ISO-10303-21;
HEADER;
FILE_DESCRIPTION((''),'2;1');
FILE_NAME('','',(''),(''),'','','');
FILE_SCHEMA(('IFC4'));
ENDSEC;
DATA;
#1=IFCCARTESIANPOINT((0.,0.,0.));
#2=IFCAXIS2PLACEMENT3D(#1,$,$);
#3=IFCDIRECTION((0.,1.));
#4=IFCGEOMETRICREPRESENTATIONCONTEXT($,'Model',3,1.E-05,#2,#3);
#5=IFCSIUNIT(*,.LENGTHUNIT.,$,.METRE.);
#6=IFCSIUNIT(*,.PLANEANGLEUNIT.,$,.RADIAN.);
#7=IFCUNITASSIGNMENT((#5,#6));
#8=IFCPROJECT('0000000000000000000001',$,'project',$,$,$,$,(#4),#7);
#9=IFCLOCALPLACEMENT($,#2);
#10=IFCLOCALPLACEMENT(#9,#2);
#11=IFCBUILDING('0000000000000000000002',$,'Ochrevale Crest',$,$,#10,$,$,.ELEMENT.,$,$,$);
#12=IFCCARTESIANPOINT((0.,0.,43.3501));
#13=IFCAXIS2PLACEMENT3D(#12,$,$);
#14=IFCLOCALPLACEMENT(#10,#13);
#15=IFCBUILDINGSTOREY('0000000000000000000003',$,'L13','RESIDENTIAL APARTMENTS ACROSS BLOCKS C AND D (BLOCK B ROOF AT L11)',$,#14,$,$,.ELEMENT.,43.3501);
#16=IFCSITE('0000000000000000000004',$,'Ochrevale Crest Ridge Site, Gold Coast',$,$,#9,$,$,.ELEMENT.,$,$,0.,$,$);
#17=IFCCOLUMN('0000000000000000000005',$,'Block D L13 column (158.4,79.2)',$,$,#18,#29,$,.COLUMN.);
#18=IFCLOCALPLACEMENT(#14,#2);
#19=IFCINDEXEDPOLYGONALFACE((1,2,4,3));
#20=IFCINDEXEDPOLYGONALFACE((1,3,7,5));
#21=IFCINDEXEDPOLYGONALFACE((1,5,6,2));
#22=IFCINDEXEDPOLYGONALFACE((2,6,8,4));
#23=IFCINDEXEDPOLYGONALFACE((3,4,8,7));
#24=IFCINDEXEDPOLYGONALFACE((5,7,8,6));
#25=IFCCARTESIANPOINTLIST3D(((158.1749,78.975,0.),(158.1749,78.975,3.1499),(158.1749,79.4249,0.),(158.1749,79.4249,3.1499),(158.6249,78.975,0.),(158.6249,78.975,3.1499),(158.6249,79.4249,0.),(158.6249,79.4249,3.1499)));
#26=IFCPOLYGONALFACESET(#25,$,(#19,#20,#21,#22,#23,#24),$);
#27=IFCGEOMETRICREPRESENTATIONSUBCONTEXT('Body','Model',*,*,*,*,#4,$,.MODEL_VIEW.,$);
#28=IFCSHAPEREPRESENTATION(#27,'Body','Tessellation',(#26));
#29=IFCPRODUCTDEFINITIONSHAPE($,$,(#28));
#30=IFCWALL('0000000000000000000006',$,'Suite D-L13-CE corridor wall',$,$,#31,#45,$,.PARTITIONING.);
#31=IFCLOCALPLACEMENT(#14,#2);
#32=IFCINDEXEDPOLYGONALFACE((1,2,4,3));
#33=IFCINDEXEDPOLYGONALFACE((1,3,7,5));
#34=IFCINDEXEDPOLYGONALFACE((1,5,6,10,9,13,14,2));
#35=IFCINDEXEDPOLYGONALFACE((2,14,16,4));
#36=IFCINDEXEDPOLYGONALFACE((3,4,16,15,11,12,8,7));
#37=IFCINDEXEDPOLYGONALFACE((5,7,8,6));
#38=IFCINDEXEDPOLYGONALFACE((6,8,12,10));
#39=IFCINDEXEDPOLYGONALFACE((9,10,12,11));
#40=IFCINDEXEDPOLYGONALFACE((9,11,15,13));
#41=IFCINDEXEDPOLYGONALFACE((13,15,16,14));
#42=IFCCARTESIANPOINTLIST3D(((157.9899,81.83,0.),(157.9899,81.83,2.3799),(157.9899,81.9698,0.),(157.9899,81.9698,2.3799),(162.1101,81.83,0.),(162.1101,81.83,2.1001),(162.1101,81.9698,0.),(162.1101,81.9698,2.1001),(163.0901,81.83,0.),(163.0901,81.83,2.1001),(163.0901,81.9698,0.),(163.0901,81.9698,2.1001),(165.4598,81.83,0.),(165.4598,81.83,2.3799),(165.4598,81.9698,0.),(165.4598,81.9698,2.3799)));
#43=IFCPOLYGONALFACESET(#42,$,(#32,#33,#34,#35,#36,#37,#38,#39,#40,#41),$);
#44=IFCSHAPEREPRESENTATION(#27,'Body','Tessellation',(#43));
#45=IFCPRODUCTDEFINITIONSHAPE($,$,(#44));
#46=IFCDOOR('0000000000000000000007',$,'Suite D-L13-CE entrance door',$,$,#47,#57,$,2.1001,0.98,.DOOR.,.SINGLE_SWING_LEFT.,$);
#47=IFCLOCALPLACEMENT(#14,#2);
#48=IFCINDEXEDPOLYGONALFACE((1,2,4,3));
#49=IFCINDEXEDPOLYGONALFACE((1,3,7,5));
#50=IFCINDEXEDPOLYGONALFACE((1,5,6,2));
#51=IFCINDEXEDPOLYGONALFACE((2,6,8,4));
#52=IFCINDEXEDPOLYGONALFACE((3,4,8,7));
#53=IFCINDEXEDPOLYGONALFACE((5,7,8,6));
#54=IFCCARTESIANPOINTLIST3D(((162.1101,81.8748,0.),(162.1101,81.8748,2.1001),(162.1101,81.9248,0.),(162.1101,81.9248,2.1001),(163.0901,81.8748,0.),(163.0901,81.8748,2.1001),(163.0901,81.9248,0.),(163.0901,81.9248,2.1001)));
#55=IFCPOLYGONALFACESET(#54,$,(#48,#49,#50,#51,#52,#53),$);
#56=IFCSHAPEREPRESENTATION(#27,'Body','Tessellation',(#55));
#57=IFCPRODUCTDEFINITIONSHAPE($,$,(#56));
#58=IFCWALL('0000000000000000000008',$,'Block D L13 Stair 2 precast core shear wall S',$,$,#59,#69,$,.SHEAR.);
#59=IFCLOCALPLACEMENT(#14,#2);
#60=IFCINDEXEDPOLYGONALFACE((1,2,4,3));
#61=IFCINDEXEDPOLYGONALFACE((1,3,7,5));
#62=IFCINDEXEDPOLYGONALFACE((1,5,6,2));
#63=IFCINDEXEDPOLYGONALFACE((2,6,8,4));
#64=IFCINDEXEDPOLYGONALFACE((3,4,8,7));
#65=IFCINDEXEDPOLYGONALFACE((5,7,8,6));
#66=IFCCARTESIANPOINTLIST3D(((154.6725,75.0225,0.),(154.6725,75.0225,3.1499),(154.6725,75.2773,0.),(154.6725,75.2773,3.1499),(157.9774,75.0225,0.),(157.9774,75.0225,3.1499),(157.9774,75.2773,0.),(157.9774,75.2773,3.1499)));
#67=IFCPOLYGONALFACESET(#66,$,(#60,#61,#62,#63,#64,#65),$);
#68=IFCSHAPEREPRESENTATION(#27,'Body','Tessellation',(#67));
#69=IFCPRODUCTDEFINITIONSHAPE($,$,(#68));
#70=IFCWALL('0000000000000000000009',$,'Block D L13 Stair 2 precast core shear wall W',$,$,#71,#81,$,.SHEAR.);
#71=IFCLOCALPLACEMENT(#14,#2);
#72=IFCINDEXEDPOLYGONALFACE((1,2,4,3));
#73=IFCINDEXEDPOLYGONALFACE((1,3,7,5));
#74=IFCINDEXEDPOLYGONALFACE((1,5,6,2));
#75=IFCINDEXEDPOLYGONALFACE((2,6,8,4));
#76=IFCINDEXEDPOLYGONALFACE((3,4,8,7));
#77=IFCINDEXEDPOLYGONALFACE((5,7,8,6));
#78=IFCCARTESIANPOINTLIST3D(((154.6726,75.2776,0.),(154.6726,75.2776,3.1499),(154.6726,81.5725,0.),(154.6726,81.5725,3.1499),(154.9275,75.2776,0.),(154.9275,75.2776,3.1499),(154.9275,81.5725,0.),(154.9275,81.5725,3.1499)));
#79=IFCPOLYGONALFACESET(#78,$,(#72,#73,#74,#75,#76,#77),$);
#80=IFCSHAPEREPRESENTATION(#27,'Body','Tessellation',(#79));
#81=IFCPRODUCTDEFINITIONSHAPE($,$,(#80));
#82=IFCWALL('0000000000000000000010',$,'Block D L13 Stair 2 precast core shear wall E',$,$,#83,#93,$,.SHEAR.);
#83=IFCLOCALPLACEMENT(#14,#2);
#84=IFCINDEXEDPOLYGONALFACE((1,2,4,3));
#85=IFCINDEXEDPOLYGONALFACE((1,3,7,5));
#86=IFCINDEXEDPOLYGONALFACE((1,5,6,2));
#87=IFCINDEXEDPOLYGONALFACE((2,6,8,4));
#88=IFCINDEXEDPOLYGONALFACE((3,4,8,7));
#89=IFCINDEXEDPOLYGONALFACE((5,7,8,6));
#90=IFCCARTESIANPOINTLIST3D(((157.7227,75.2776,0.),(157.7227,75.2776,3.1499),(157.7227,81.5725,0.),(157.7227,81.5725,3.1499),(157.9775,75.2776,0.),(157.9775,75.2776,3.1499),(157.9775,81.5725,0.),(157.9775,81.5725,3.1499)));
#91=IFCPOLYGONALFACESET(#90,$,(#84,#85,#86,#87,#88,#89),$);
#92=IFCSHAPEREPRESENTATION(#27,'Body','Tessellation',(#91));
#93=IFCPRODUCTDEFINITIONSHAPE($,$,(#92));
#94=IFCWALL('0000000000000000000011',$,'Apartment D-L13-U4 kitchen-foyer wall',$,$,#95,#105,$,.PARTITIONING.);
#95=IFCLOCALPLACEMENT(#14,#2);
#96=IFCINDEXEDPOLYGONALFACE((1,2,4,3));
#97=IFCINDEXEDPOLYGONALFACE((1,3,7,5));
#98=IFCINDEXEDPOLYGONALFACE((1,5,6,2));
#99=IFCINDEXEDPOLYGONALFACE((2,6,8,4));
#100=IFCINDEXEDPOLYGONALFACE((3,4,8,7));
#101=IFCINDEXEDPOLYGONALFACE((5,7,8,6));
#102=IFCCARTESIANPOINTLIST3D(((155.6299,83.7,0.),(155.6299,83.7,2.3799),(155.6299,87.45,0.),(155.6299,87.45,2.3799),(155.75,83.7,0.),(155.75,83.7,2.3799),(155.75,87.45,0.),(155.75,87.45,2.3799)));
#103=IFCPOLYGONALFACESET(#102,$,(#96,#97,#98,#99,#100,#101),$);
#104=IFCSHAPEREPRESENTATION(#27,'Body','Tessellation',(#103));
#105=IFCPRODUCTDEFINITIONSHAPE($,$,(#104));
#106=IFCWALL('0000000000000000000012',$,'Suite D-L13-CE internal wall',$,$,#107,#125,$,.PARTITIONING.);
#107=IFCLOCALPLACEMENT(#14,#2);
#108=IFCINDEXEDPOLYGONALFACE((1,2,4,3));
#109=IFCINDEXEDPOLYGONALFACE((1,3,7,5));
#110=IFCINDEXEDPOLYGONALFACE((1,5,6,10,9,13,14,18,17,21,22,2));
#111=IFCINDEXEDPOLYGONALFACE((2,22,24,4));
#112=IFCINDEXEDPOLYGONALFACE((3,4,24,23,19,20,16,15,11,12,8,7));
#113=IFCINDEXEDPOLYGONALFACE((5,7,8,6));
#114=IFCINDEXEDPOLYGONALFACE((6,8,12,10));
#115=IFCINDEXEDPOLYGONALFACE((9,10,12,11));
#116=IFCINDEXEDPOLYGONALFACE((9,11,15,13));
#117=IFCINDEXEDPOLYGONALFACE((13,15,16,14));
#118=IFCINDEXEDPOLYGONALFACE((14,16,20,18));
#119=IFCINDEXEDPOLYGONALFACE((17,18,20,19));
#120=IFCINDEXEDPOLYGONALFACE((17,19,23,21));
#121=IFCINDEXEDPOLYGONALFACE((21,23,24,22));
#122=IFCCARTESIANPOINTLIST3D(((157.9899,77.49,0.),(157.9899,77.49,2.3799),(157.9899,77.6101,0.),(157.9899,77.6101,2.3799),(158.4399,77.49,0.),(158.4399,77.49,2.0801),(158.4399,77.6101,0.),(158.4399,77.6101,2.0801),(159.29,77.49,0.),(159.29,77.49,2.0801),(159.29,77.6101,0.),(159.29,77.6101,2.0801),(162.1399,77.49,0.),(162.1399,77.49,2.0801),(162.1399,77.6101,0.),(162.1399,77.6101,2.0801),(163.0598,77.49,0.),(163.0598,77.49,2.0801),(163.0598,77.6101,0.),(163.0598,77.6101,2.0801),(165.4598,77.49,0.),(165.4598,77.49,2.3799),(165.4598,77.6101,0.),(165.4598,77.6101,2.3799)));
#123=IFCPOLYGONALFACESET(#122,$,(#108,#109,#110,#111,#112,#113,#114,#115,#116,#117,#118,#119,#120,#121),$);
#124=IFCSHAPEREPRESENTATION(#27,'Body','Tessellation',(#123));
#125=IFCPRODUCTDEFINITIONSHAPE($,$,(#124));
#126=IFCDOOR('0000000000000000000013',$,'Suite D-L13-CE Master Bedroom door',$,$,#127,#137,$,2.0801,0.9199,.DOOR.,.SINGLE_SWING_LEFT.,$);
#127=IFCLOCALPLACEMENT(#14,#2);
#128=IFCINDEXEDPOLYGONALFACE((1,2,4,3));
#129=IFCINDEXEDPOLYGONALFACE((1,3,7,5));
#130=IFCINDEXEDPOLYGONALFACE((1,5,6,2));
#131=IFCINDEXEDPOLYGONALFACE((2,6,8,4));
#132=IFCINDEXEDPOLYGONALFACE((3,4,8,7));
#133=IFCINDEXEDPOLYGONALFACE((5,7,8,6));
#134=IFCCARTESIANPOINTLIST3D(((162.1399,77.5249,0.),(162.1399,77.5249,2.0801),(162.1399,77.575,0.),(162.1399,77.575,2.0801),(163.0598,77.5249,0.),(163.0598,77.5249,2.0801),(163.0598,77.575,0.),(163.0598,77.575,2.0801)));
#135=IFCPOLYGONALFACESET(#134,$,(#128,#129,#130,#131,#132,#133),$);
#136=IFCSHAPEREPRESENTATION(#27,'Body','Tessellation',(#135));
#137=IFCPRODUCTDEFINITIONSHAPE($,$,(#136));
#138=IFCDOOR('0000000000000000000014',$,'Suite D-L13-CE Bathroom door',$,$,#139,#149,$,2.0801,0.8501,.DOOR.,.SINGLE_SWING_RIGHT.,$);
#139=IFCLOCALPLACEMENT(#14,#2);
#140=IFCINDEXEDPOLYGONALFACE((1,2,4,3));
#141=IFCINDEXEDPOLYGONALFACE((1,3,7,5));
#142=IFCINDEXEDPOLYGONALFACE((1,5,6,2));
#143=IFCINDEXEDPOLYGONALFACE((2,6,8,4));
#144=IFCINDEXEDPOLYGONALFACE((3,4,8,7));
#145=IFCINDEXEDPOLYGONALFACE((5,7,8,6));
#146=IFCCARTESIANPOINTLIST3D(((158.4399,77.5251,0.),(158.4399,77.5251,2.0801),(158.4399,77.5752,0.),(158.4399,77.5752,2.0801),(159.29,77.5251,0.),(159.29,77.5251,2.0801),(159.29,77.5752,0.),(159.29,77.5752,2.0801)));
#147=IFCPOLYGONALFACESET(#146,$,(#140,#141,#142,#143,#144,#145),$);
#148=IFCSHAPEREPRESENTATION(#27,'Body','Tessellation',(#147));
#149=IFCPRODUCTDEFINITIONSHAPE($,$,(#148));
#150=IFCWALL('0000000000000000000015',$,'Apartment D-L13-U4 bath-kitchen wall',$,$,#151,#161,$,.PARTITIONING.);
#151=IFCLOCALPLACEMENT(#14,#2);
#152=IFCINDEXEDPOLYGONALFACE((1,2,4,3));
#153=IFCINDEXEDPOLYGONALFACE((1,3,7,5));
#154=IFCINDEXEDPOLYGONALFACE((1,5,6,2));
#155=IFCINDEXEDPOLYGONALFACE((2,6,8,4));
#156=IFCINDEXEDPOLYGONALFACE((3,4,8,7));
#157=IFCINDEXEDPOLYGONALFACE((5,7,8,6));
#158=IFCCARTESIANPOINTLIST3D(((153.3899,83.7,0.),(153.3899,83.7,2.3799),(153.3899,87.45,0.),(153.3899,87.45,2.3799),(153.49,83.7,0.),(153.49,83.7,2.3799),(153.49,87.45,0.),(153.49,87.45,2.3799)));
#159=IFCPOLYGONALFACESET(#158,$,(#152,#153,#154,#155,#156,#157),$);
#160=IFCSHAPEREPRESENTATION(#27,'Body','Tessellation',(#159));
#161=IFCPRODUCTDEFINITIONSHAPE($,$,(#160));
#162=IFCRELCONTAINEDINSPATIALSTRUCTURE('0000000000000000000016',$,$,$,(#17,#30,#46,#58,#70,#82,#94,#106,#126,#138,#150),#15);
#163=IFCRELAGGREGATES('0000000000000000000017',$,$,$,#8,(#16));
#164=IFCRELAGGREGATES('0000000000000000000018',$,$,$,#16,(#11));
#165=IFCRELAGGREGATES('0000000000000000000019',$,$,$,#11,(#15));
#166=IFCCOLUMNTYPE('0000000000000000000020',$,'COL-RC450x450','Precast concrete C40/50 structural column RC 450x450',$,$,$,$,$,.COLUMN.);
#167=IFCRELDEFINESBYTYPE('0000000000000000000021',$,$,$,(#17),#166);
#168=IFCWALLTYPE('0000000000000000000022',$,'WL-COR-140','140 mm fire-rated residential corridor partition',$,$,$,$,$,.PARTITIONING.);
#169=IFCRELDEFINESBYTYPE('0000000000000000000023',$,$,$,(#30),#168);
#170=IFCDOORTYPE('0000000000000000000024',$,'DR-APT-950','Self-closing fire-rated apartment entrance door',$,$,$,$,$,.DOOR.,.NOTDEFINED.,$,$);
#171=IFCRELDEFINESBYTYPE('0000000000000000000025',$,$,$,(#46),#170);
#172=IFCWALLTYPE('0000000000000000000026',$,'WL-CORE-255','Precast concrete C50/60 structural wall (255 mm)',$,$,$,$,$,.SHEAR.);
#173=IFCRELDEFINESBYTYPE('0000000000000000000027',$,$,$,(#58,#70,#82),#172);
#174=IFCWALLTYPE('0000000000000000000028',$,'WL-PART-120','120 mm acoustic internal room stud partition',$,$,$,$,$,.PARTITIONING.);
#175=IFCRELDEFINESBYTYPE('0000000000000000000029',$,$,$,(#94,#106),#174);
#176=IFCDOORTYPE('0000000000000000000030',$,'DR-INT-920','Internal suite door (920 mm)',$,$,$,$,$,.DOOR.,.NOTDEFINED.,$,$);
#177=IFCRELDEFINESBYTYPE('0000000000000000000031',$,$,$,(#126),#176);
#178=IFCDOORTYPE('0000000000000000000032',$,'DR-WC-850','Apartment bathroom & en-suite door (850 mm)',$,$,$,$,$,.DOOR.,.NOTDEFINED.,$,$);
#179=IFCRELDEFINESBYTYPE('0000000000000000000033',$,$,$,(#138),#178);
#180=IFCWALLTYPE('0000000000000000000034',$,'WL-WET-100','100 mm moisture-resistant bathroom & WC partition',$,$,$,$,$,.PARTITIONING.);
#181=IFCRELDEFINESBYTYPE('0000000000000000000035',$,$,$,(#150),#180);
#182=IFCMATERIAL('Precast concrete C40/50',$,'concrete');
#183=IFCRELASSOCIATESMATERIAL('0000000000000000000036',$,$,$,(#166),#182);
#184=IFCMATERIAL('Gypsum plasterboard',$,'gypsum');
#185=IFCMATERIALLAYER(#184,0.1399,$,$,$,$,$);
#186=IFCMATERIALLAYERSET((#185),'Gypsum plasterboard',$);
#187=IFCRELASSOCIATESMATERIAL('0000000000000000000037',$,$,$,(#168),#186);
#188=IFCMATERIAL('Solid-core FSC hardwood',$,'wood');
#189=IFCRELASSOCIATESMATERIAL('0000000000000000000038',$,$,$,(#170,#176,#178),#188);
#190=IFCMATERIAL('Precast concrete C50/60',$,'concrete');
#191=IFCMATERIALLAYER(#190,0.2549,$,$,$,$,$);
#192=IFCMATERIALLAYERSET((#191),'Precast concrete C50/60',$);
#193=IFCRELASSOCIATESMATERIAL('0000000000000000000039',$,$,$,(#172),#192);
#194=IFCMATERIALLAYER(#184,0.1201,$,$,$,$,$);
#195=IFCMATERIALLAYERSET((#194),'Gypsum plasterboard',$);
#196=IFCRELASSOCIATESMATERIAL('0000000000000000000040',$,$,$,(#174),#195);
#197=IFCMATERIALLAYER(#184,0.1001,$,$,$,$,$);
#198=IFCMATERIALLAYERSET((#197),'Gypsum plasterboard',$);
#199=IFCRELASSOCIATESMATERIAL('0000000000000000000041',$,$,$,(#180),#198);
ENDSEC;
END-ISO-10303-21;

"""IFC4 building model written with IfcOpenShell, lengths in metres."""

from ifc_helpers import new_model, si_unit, direction, frame, frame_2d, origin, origin_2d, place, context, subcontext, project, spatial, rectangle, extrude, material, layer, layer_set, material_profile, profile_set, type_object, element, fill, save


model = new_model("IFC4")

# Units and contexts
model_context = context("Model", 3, precision=1e-05, world=origin(), true_north=direction((0.0, 1.0)))
body_context = subcontext(model_context, "Body", "Model", "MODEL_VIEW")
ifc_project = project(units=[si_unit("LENGTHUNIT", "METRE"), si_unit("PLANEANGLEUNIT", "RADIAN")], contexts=[model_context])

# Site, building, storey
site_placement = place(None, origin())
site = spatial("IfcSite", under=ifc_project, at=site_placement, Name="Ochrevale Crest Ridge Site, Gold Coast", CompositionType="ELEMENT", RefElevation=0.0)
building_placement = place(site_placement, origin())
building = spatial("IfcBuilding", under=site, at=building_placement, Name="Ochrevale Crest", CompositionType="ELEMENT")
storey_placement = place(building_placement, frame((0.0, 0.0, 43.3501)))
storey = spatial("IfcBuildingStorey", under=building, at=storey_placement, Name="L13", Description="RESIDENTIAL APARTMENTS ACROSS BLOCKS C AND D (BLOCK B ROOF AT L11)", CompositionType="ELEMENT", Elevation=43.3501)

# Column
ifc_material_1 = material(Name="Precast concrete C40/50", Category="concrete")
ifc_material_profile = material_profile(ifc_material_1, rectangle(XDim=0.45, YDim=0.45, at=origin_2d()), Name="RC 450x450")
ifc_profile_set = profile_set([ifc_material_profile], Name="Precast concrete C40/50")
column_type = type_object("IfcColumnType", Name="COL-RC450x450", Description="Precast concrete C40/50 structural column RC 450x450", PredefinedType="COLUMN", material=ifc_profile_set)
column_placement = place(storey_placement, frame((158.3999, 79.2, 0.0), z_axis=(0.0, 0.0, 1.0), x_axis=(1.0, 0.0, 0.0)))
element("IfcColumn", 1, at=column_placement, inside=storey, type_object=column_type, Name="Block D L13 column (158.4,79.2)", PredefinedType="COLUMN", context=body_context, shape_type="SweptSolid", body=[
    extrude(rectangle(XDim=0.45, YDim=0.45, at=origin_2d()), origin(), (0.0, 0.0, 1.0), 3.1499),
])

# Wall, opening, door
ifc_material_2 = material(Name="Gypsum plasterboard", Category="gypsum")
ifc_layer_1 = layer(ifc_material_2, 0.1399)
ifc_layer_set_1 = layer_set([ifc_layer_1], Name="Gypsum plasterboard")
wall_type_1 = type_object("IfcWallType", Name="WL-COR-140", Description="140 mm fire-rated residential corridor partition", PredefinedType="PARTITIONING", material=ifc_layer_set_1)
wall_1_placement = place(storey_placement, frame((157.99, 81.8999, 0.0), z_axis=(0.0, 0.0, 1.0), x_axis=(1.0, 0.0, 0.0)))
wall_1 = element("IfcWall", 2, at=wall_1_placement, inside=storey, type_object=wall_type_1, Name="Suite D-L13-CE corridor wall", PredefinedType="PARTITIONING", context=body_context, shape_type="SweptSolid", body=[
    extrude(rectangle(XDim=7.47, YDim=0.1399, at=frame_2d((3.7349, 0.0))), origin(), (0.0, 0.0, 1.0), 2.3799),
])
opening_1_placement = place(wall_1_placement, frame((4.1201, 0.0, 0.0)))
opening_1 = element("IfcOpeningElement", 3, at=opening_1_placement, cuts=wall_1, PredefinedType="OPENING", context=body_context, shape_type="SweptSolid", body=[
    extrude(rectangle(XDim=0.98, YDim=2.1001, at=frame_2d((0.49, 1.05))), frame((0.0, 0.0801, 0.0), z_axis=(0.0, -1.0, 0.0), x_axis=(1.0, 0.0, 0.0)), (0.0, 0.0, 1.0), 0.1599),
])
ifc_material_3 = material(Name="Solid-core FSC hardwood", Category="wood")
door_type_1 = type_object("IfcDoorType", Name="DR-APT-950", Description="Self-closing fire-rated apartment entrance door", OperationType="NOTDEFINED", PredefinedType="DOOR", material=ifc_material_3)
door_1_placement = place(opening_1_placement, origin())
door_1 = element("IfcDoor", 4, at=door_1_placement, inside=storey, type_object=door_type_1, Name="Suite D-L13-CE entrance door", OperationType="SINGLE_SWING_LEFT", OverallHeight=2.1001, OverallWidth=0.98, PredefinedType="DOOR", context=body_context, shape_type="SweptSolid", body=[
    extrude(rectangle(XDim=0.98, YDim=2.1001, at=frame_2d((0.49, 1.05))), frame((0.0, 0.0249, 0.0), z_axis=(0.0, -1.0, 0.0), x_axis=(1.0, 0.0, 0.0)), (0.0, 0.0, 1.0), 0.05),
])
fill(opening_1, door_1)

# Wall
ifc_material_4 = material(Name="Precast concrete C50/60", Category="concrete")
ifc_layer_2 = layer(ifc_material_4, 0.2549)
ifc_layer_set_2 = layer_set([ifc_layer_2], Name="Precast concrete C50/60")
wall_type_2 = type_object("IfcWallType", Name="WL-CORE-255", Description="Precast concrete C50/60 structural wall (255 mm)", PredefinedType="SHEAR", material=ifc_layer_set_2)
wall_2_placement = place(storey_placement, frame((154.6726, 75.1499, 0.0), z_axis=(0.0, 0.0, 1.0), x_axis=(1.0, 0.0, 0.0)))
element("IfcWall", 5, at=wall_2_placement, inside=storey, type_object=wall_type_2, Name="Block D L13 Stair 2 precast core shear wall S", PredefinedType="SHEAR", context=body_context, shape_type="SweptSolid", body=[
    extrude(rectangle(XDim=3.3049, YDim=0.2549, at=frame_2d((1.6523, 0.0))), origin(), (0.0, 0.0, 1.0), 3.1499),
])

# Walls
for number, where, z_axis, x_axis, name in (
    (6, (154.8, 75.2776, 0.0), (0.0, 0.0, 1.0), (0.0, 1.0, 0.0), "Block D L13 Stair 2 precast core shear wall W"),
    (7, (157.8501, 75.2776, 0.0), (0.0, 0.0, 1.0), (0.0, 1.0, 0.0), "Block D L13 Stair 2 precast core shear wall E"),
):
    element("IfcWall", number, at=place(storey_placement, frame(where, z_axis=z_axis, x_axis=x_axis)), inside=storey, type_object=wall_type_2, Name=name, PredefinedType="SHEAR", context=body_context, shape_type="SweptSolid", body=[
        extrude(rectangle(XDim=6.2949, YDim=0.2549, at=frame_2d((3.1475, 0.0))), origin(), (0.0, 0.0, 1.0), 3.1499),
    ])
ifc_layer_3 = layer(ifc_material_2, 0.1201)
ifc_layer_set_3 = layer_set([ifc_layer_3], Name="Gypsum plasterboard")
wall_type_3 = type_object("IfcWallType", Name="WL-PART-120", Description="120 mm acoustic internal room stud partition", PredefinedType="PARTITIONING", material=ifc_layer_set_3)
wall_3_placement = place(storey_placement, frame((155.6899, 83.7, 0.0), z_axis=(0.0, 0.0, 1.0), x_axis=(0.0, 1.0, 0.0)))
element("IfcWall", 8, at=wall_3_placement, inside=storey, type_object=wall_type_3, Name="Apartment D-L13-U4 kitchen-foyer wall", PredefinedType="PARTITIONING", context=body_context, shape_type="SweptSolid", body=[
    extrude(rectangle(XDim=3.75, YDim=0.1201, at=frame_2d((1.875, 0.0))), origin(), (0.0, 0.0, 1.0), 2.3799),
])

# Wall, openings, doors
wall_4_placement = place(storey_placement, frame((157.99, 77.55, 0.0), z_axis=(0.0, 0.0, 1.0), x_axis=(1.0, 0.0, 0.0)))
wall_4 = element("IfcWall", 9, at=wall_4_placement, inside=storey, type_object=wall_type_3, Name="Suite D-L13-CE internal wall", PredefinedType="PARTITIONING", context=body_context, shape_type="SweptSolid", body=[
    extrude(rectangle(XDim=7.47, YDim=0.1201, at=frame_2d((3.7349, 0.0))), origin(), (0.0, 0.0, 1.0), 2.3799),
])
opening_2_placement = place(wall_4_placement, frame((1.3, 0.0, 0.0), z_axis=(0.0, 0.0, 1.0), x_axis=(-1.0, 0.0, 0.0)))
opening_2 = element("IfcOpeningElement", 10, at=opening_2_placement, cuts=wall_4, PredefinedType="OPENING", context=body_context, shape_type="SweptSolid", body=[
    extrude(rectangle(XDim=0.8501, YDim=2.0801, at=frame_2d((0.425, 1.04))), frame((0.0, 0.0701, 0.0), z_axis=(0.0, -1.0, 0.0), x_axis=(1.0, 0.0, 0.0)), (0.0, 0.0, 1.0), 0.1401),
])
opening_3_placement = place(wall_4_placement, frame((4.1499, 0.0, 0.0)))
opening_3 = element("IfcOpeningElement", 11, at=opening_3_placement, cuts=wall_4, PredefinedType="OPENING", context=body_context, shape_type="SweptSolid", body=[
    extrude(rectangle(XDim=0.9199, YDim=2.0801, at=frame_2d((0.46, 1.04))), frame((0.0, 0.0701, 0.0), z_axis=(0.0, -1.0, 0.0), x_axis=(1.0, 0.0, 0.0)), (0.0, 0.0, 1.0), 0.1401),
])
door_type_2 = type_object("IfcDoorType", Name="DR-INT-920", Description="Internal suite door (920 mm)", OperationType="NOTDEFINED", PredefinedType="DOOR", material=ifc_material_3)
door_2_placement = place(opening_3_placement, origin())
door_2 = element("IfcDoor", 12, at=door_2_placement, inside=storey, type_object=door_type_2, Name="Suite D-L13-CE Master Bedroom door", OperationType="SINGLE_SWING_LEFT", OverallHeight=2.0801, OverallWidth=0.9199, PredefinedType="DOOR", context=body_context, shape_type="SweptSolid", body=[
    extrude(rectangle(XDim=0.9199, YDim=2.0801, at=frame_2d((0.46, 1.04))), frame((0.0, 0.0249, 0.0), z_axis=(0.0, -1.0, 0.0), x_axis=(1.0, 0.0, 0.0)), (0.0, 0.0, 1.0), 0.05),
])
fill(opening_3, door_2)
door_type_3 = type_object("IfcDoorType", Name="DR-WC-850", Description="Apartment bathroom & en-suite door (850 mm)", OperationType="NOTDEFINED", PredefinedType="DOOR", material=ifc_material_3)
door_3_placement = place(opening_2_placement, origin())
door_3 = element("IfcDoor", 13, at=door_3_placement, inside=storey, type_object=door_type_3, Name="Suite D-L13-CE Bathroom door", OperationType="SINGLE_SWING_RIGHT", OverallHeight=2.0801, OverallWidth=0.8501, PredefinedType="DOOR", context=body_context, shape_type="SweptSolid", body=[
    extrude(rectangle(XDim=0.8501, YDim=2.0801, at=frame_2d((0.425, 1.04))), frame((0.0, 0.0249, 0.0), z_axis=(0.0, -1.0, 0.0), x_axis=(1.0, 0.0, 0.0)), (0.0, 0.0, 1.0), 0.05),
])
fill(opening_2, door_3)

# Wall
ifc_layer_4 = layer(ifc_material_2, 0.1001)
ifc_layer_set_4 = layer_set([ifc_layer_4], Name="Gypsum plasterboard")
wall_type_4 = type_object("IfcWallType", Name="WL-WET-100", Description="100 mm moisture-resistant bathroom & WC partition", PredefinedType="PARTITIONING", material=ifc_layer_set_4)
wall_5_placement = place(storey_placement, frame((153.4399, 83.7, 0.0), z_axis=(0.0, 0.0, 1.0), x_axis=(0.0, 1.0, 0.0)))
element("IfcWall", 14, at=wall_5_placement, inside=storey, type_object=wall_type_4, Name="Apartment D-L13-U4 bath-kitchen wall", PredefinedType="PARTITIONING", context=body_context, shape_type="SweptSolid", body=[
    extrude(rectangle(XDim=3.75, YDim=0.1001, at=frame_2d((1.875, 0.0))), origin(), (0.0, 0.0, 1.0), 2.3799),
])

save(model, "model.ifc")
